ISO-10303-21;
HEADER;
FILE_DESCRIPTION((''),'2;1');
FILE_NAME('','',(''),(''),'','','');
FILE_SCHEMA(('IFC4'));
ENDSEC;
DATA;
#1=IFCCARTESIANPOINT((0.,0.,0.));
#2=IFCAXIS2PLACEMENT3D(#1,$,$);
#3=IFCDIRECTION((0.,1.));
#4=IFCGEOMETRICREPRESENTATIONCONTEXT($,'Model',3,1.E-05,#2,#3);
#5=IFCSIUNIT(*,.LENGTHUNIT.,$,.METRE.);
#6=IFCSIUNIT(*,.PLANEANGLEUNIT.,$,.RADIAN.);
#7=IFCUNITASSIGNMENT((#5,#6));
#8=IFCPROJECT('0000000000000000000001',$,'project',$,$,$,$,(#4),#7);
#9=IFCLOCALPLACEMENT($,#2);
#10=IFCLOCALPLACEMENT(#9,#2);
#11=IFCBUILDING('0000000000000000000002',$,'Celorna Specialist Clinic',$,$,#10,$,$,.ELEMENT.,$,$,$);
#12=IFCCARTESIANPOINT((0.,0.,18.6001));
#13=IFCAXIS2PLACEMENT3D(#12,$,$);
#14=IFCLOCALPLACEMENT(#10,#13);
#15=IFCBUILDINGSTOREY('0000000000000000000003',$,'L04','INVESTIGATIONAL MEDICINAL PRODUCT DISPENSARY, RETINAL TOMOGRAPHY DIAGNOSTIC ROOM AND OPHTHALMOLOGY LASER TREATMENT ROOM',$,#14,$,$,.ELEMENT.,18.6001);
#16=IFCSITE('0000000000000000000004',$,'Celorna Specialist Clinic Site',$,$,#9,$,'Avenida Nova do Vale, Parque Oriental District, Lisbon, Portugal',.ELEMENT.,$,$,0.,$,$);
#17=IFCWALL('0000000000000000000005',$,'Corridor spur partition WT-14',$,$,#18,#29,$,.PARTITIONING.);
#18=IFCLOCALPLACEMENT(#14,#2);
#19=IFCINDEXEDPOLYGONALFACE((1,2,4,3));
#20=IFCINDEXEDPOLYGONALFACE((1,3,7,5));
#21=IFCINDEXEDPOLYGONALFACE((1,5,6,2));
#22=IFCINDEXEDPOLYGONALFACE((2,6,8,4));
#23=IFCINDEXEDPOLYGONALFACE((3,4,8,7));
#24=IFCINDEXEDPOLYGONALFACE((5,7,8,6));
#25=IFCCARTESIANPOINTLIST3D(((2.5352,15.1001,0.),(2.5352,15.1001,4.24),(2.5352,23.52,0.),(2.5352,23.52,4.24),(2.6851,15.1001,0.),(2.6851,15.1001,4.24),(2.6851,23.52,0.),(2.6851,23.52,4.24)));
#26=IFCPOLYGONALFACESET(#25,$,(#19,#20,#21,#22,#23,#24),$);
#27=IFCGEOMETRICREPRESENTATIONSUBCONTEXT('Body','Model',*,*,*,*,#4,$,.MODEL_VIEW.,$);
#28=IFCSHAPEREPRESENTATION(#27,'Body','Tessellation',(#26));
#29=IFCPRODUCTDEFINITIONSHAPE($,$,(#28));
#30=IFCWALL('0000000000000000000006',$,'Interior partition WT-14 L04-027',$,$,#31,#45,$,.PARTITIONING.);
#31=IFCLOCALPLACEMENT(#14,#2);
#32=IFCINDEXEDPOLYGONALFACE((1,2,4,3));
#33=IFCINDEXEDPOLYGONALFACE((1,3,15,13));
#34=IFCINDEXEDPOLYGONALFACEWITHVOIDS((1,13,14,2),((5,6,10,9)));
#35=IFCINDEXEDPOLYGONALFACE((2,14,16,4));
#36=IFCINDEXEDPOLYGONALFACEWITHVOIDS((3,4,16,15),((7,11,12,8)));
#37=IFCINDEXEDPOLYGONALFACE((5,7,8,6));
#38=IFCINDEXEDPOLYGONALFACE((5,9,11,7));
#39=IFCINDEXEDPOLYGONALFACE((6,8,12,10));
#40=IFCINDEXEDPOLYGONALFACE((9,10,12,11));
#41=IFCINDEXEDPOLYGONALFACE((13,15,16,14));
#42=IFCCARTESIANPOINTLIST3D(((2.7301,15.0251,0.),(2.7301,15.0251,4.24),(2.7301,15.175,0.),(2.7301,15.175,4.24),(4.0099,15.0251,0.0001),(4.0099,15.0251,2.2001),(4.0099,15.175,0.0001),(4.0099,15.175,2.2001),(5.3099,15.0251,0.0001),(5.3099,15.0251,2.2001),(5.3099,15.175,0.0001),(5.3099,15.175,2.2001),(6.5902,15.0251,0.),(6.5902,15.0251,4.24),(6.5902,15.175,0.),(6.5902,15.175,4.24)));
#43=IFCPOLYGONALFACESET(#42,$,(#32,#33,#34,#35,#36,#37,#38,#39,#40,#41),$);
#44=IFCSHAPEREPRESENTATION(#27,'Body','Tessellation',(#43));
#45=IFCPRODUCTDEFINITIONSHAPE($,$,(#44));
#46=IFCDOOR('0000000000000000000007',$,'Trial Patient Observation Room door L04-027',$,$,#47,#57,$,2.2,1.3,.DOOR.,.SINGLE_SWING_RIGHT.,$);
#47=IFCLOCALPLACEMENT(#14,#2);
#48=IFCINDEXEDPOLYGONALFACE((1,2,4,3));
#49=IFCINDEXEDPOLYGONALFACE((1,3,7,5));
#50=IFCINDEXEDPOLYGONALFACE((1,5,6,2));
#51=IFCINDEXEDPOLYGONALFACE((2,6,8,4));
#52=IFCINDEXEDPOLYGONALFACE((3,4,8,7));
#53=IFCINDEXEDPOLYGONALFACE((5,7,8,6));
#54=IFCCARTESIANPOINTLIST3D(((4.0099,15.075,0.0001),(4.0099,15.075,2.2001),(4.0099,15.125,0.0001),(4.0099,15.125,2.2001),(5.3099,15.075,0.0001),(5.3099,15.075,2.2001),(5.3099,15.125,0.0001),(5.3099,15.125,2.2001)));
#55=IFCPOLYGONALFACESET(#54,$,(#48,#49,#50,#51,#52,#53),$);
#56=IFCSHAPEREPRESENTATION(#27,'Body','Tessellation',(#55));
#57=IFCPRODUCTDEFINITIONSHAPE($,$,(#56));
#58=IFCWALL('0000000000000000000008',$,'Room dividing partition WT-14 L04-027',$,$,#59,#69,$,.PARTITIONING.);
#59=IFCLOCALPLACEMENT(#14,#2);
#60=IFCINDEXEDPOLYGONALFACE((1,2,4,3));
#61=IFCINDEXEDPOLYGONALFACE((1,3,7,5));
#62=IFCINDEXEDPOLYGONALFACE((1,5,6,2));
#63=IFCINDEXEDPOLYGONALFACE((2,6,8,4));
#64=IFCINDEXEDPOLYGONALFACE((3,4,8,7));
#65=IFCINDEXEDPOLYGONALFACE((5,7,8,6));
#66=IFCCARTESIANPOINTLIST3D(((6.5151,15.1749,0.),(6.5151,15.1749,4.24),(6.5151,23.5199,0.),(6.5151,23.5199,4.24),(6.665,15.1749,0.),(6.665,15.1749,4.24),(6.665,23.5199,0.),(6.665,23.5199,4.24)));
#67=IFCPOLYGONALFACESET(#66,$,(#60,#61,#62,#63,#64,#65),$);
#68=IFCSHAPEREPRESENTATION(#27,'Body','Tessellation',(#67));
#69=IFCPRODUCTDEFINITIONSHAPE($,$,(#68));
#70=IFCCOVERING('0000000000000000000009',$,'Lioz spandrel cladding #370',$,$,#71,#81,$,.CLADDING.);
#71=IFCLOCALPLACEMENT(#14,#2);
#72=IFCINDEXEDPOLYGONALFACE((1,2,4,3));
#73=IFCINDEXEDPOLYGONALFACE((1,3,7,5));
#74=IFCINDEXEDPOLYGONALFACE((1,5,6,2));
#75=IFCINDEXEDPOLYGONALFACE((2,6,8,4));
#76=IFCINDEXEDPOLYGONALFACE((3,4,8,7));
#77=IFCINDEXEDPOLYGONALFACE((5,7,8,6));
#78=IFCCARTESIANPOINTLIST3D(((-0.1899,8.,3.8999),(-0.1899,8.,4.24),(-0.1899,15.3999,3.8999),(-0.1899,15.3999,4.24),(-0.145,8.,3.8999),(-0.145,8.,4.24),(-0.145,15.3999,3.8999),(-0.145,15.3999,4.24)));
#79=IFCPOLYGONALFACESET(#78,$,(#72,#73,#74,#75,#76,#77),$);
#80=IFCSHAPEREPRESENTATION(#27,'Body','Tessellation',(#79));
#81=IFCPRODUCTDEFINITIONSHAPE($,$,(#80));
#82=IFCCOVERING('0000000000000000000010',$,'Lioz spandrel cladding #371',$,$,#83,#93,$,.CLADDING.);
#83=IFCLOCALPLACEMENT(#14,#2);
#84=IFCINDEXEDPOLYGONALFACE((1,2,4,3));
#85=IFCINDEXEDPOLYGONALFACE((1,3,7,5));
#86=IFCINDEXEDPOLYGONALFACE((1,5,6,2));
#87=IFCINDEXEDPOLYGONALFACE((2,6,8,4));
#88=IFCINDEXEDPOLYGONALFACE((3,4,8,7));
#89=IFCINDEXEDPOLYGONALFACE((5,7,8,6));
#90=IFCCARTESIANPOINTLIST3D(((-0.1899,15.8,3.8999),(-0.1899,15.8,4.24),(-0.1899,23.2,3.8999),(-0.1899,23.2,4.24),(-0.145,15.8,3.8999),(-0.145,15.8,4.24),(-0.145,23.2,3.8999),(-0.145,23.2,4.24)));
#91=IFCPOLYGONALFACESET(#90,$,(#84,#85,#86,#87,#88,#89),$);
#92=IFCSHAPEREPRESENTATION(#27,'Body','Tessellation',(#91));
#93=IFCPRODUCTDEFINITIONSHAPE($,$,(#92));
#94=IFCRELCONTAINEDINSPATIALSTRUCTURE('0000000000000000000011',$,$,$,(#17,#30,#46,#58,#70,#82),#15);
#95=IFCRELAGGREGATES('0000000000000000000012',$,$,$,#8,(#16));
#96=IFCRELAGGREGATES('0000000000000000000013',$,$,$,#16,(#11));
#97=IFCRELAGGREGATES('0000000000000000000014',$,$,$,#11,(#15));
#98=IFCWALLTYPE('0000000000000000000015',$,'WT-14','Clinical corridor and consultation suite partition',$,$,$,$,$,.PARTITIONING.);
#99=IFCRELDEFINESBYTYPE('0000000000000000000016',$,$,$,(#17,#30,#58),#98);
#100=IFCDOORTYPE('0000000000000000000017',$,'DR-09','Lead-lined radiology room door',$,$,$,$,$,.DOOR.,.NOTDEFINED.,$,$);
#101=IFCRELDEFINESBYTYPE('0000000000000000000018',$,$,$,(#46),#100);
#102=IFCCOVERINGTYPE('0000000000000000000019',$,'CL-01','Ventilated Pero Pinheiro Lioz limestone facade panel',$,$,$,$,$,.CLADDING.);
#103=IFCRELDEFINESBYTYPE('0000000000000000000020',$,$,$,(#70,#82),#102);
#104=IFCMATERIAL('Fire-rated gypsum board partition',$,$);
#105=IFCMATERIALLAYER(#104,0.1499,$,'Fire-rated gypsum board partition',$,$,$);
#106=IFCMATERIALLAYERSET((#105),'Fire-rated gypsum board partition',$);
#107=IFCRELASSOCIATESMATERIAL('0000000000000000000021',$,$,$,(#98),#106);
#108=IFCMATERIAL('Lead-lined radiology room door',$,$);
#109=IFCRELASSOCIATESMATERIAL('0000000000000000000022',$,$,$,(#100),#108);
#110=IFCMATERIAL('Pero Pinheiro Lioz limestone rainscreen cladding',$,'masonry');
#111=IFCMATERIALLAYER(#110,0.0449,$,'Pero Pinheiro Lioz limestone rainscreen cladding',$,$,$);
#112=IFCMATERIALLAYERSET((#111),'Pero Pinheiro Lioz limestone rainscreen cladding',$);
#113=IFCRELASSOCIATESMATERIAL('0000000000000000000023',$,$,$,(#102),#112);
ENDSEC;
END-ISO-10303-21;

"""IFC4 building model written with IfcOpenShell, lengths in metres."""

from ifc_helpers import new_model, si_unit, direction, frame, frame_2d, origin, origin_2d, place, context, subcontext, project, spatial, rectangle, extrude, material, layer, layer_set, type_object, element, fill, save


model = new_model("IFC4")

# Units and contexts
model_context = context("Model", 3, precision=1e-05, world=origin(), true_north=direction((0.0, 1.0)))
body_context = subcontext(model_context, "Body", "Model", "MODEL_VIEW")
ifc_project = project(units=[si_unit("LENGTHUNIT", "METRE"), si_unit("PLANEANGLEUNIT", "RADIAN")], contexts=[model_context])

# Site, building, storey
site_placement = place(None, origin())
site = spatial("IfcSite", under=ifc_project, at=site_placement, Name="Celorna Specialist Clinic Site", LongName="Avenida Nova do Vale, Parque Oriental District, Lisbon, Portugal", CompositionType="ELEMENT", RefElevation=0.0)
building_placement = place(site_placement, origin())
building = spatial("IfcBuilding", under=site, at=building_placement, Name="Celorna Specialist Clinic", CompositionType="ELEMENT")
storey_placement = place(building_placement, frame((0.0, 0.0, 18.6001)))
storey = spatial("IfcBuildingStorey", under=building, at=storey_placement, Name="L04", Description="INVESTIGATIONAL MEDICINAL PRODUCT DISPENSARY, RETINAL TOMOGRAPHY DIAGNOSTIC ROOM AND OPHTHALMOLOGY LASER TREATMENT ROOM", CompositionType="ELEMENT", Elevation=18.6001)

# Wall
ifc_material_1 = material(Name="Fire-rated gypsum board partition")
ifc_layer_1 = layer(ifc_material_1, 0.1499, Name="Fire-rated gypsum board partition")
ifc_layer_set_1 = layer_set([ifc_layer_1], Name="Fire-rated gypsum board partition")
wall_type_1 = type_object("IfcWallType", Name="WT-14", Description="Clinical corridor and consultation suite partition", PredefinedType="PARTITIONING", material=ifc_layer_set_1)
wall_1_placement = place(storey_placement, frame((2.6101, 15.1001, 0.0), z_axis=(0.0, 0.0, 1.0), x_axis=(0.0, 1.0, 0.0)))
element("IfcWall", 1, at=wall_1_placement, inside=storey, type_object=wall_type_1, Name="Corridor spur partition WT-14", PredefinedType="PARTITIONING", context=body_context, shape_type="SweptSolid", body=[
    extrude(rectangle(XDim=8.4199, YDim=0.1499, at=frame_2d((4.21, 0.0))), origin(), (0.0, 0.0, 1.0), 4.24),
])

# Wall, opening, door
wall_2_placement = place(storey_placement, frame((2.73, 15.1001, 0.0), z_axis=(0.0, 0.0, 1.0), x_axis=(1.0, 0.0, 0.0)))
wall_2 = element("IfcWall", 2, at=wall_2_placement, inside=storey, type_object=wall_type_1, Name="Interior partition WT-14 L04-027", PredefinedType="PARTITIONING", context=body_context, shape_type="SweptSolid", body=[
    extrude(rectangle(XDim=3.8601, YDim=0.1499, at=frame_2d((1.9302, 0.0))), origin(), (0.0, 0.0, 1.0), 4.24),
])
opening_1_placement = place(wall_2_placement, frame((1.28, 0.0, 0.0)))
opening_1 = element("IfcOpeningElement", 3, at=opening_1_placement, cuts=wall_2, PredefinedType="OPENING", context=body_context, shape_type="SweptSolid", body=[
    extrude(rectangle(XDim=1.3, YDim=2.2, at=frame_2d((0.6499, 1.1001))), frame((0.0, 0.085, 0.0), z_axis=(0.0, -1.0, 0.0), x_axis=(1.0, 0.0, 0.0)), (0.0, 0.0, 1.0), 0.1699),
])
ifc_material_2 = material(Name="Lead-lined radiology room door")
door_type = type_object("IfcDoorType", Name="DR-09", Description="Lead-lined radiology room door", OperationType="NOTDEFINED", PredefinedType="DOOR", material=ifc_material_2)
door_placement = place(opening_1_placement, origin())
door = element("IfcDoor", 4, at=door_placement, inside=storey, type_object=door_type, Name="Trial Patient Observation Room door L04-027", OperationType="SINGLE_SWING_RIGHT", OverallHeight=2.2, OverallWidth=1.3, PredefinedType="DOOR", context=body_context, shape_type="SweptSolid", body=[
    extrude(rectangle(XDim=1.3, YDim=2.2, at=frame_2d((0.6499, 1.1001))), frame((0.0, 0.0249, 0.0), z_axis=(0.0, -1.0, 0.0), x_axis=(1.0, 0.0, 0.0)), (0.0, 0.0, 1.0), 0.05),
])
fill(opening_1, door)

# Wall
wall_3_placement = place(storey_placement, frame((6.5901, 15.175, 0.0), z_axis=(0.0, 0.0, 1.0), x_axis=(0.0, 1.0, 0.0)))
element("IfcWall", 5, at=wall_3_placement, inside=storey, type_object=wall_type_1, Name="Room dividing partition WT-14 L04-027", PredefinedType="PARTITIONING", context=body_context, shape_type="SweptSolid", body=[
    extrude(rectangle(XDim=8.345, YDim=0.1499, at=frame_2d((4.1724, 0.0))), origin(), (0.0, 0.0, 1.0), 4.24),
])

# Coverings
ifc_material_3 = material(Name="Pero Pinheiro Lioz limestone rainscreen cladding", Category="masonry")
ifc_layer_2 = layer(ifc_material_3, 0.0449, Name="Pero Pinheiro Lioz limestone rainscreen cladding")
ifc_layer_set_2 = layer_set([ifc_layer_2], Name="Pero Pinheiro Lioz limestone rainscreen cladding")
covering_type = type_object("IfcCoveringType", Name="CL-01", Description="Ventilated Pero Pinheiro Lioz limestone facade panel", PredefinedType="CLADDING", material=ifc_layer_set_2)
for number, where, z_axis, x_axis, name in (
    (6, (-0.1675, 11.7, 3.8999), (0.0, 0.0, 1.0), (0.0, 1.0, 0.0), "Lioz spandrel cladding #370"),
    (7, (-0.1675, 19.5, 3.8999), (0.0, 0.0, 1.0), (0.0, 1.0, 0.0), "Lioz spandrel cladding #371"),
):
    element("IfcCovering", number, at=place(storey_placement, frame(where, z_axis=z_axis, x_axis=x_axis)), inside=storey, type_object=covering_type, Name=name, PredefinedType="CLADDING", context=body_context, shape_type="SweptSolid", body=[
        extrude(rectangle(XDim=7.3999, YDim=0.0449, at=origin_2d()), origin(), (0.0, 0.0, 1.0), 0.3401),
    ])

save(model, "model.ifc")
